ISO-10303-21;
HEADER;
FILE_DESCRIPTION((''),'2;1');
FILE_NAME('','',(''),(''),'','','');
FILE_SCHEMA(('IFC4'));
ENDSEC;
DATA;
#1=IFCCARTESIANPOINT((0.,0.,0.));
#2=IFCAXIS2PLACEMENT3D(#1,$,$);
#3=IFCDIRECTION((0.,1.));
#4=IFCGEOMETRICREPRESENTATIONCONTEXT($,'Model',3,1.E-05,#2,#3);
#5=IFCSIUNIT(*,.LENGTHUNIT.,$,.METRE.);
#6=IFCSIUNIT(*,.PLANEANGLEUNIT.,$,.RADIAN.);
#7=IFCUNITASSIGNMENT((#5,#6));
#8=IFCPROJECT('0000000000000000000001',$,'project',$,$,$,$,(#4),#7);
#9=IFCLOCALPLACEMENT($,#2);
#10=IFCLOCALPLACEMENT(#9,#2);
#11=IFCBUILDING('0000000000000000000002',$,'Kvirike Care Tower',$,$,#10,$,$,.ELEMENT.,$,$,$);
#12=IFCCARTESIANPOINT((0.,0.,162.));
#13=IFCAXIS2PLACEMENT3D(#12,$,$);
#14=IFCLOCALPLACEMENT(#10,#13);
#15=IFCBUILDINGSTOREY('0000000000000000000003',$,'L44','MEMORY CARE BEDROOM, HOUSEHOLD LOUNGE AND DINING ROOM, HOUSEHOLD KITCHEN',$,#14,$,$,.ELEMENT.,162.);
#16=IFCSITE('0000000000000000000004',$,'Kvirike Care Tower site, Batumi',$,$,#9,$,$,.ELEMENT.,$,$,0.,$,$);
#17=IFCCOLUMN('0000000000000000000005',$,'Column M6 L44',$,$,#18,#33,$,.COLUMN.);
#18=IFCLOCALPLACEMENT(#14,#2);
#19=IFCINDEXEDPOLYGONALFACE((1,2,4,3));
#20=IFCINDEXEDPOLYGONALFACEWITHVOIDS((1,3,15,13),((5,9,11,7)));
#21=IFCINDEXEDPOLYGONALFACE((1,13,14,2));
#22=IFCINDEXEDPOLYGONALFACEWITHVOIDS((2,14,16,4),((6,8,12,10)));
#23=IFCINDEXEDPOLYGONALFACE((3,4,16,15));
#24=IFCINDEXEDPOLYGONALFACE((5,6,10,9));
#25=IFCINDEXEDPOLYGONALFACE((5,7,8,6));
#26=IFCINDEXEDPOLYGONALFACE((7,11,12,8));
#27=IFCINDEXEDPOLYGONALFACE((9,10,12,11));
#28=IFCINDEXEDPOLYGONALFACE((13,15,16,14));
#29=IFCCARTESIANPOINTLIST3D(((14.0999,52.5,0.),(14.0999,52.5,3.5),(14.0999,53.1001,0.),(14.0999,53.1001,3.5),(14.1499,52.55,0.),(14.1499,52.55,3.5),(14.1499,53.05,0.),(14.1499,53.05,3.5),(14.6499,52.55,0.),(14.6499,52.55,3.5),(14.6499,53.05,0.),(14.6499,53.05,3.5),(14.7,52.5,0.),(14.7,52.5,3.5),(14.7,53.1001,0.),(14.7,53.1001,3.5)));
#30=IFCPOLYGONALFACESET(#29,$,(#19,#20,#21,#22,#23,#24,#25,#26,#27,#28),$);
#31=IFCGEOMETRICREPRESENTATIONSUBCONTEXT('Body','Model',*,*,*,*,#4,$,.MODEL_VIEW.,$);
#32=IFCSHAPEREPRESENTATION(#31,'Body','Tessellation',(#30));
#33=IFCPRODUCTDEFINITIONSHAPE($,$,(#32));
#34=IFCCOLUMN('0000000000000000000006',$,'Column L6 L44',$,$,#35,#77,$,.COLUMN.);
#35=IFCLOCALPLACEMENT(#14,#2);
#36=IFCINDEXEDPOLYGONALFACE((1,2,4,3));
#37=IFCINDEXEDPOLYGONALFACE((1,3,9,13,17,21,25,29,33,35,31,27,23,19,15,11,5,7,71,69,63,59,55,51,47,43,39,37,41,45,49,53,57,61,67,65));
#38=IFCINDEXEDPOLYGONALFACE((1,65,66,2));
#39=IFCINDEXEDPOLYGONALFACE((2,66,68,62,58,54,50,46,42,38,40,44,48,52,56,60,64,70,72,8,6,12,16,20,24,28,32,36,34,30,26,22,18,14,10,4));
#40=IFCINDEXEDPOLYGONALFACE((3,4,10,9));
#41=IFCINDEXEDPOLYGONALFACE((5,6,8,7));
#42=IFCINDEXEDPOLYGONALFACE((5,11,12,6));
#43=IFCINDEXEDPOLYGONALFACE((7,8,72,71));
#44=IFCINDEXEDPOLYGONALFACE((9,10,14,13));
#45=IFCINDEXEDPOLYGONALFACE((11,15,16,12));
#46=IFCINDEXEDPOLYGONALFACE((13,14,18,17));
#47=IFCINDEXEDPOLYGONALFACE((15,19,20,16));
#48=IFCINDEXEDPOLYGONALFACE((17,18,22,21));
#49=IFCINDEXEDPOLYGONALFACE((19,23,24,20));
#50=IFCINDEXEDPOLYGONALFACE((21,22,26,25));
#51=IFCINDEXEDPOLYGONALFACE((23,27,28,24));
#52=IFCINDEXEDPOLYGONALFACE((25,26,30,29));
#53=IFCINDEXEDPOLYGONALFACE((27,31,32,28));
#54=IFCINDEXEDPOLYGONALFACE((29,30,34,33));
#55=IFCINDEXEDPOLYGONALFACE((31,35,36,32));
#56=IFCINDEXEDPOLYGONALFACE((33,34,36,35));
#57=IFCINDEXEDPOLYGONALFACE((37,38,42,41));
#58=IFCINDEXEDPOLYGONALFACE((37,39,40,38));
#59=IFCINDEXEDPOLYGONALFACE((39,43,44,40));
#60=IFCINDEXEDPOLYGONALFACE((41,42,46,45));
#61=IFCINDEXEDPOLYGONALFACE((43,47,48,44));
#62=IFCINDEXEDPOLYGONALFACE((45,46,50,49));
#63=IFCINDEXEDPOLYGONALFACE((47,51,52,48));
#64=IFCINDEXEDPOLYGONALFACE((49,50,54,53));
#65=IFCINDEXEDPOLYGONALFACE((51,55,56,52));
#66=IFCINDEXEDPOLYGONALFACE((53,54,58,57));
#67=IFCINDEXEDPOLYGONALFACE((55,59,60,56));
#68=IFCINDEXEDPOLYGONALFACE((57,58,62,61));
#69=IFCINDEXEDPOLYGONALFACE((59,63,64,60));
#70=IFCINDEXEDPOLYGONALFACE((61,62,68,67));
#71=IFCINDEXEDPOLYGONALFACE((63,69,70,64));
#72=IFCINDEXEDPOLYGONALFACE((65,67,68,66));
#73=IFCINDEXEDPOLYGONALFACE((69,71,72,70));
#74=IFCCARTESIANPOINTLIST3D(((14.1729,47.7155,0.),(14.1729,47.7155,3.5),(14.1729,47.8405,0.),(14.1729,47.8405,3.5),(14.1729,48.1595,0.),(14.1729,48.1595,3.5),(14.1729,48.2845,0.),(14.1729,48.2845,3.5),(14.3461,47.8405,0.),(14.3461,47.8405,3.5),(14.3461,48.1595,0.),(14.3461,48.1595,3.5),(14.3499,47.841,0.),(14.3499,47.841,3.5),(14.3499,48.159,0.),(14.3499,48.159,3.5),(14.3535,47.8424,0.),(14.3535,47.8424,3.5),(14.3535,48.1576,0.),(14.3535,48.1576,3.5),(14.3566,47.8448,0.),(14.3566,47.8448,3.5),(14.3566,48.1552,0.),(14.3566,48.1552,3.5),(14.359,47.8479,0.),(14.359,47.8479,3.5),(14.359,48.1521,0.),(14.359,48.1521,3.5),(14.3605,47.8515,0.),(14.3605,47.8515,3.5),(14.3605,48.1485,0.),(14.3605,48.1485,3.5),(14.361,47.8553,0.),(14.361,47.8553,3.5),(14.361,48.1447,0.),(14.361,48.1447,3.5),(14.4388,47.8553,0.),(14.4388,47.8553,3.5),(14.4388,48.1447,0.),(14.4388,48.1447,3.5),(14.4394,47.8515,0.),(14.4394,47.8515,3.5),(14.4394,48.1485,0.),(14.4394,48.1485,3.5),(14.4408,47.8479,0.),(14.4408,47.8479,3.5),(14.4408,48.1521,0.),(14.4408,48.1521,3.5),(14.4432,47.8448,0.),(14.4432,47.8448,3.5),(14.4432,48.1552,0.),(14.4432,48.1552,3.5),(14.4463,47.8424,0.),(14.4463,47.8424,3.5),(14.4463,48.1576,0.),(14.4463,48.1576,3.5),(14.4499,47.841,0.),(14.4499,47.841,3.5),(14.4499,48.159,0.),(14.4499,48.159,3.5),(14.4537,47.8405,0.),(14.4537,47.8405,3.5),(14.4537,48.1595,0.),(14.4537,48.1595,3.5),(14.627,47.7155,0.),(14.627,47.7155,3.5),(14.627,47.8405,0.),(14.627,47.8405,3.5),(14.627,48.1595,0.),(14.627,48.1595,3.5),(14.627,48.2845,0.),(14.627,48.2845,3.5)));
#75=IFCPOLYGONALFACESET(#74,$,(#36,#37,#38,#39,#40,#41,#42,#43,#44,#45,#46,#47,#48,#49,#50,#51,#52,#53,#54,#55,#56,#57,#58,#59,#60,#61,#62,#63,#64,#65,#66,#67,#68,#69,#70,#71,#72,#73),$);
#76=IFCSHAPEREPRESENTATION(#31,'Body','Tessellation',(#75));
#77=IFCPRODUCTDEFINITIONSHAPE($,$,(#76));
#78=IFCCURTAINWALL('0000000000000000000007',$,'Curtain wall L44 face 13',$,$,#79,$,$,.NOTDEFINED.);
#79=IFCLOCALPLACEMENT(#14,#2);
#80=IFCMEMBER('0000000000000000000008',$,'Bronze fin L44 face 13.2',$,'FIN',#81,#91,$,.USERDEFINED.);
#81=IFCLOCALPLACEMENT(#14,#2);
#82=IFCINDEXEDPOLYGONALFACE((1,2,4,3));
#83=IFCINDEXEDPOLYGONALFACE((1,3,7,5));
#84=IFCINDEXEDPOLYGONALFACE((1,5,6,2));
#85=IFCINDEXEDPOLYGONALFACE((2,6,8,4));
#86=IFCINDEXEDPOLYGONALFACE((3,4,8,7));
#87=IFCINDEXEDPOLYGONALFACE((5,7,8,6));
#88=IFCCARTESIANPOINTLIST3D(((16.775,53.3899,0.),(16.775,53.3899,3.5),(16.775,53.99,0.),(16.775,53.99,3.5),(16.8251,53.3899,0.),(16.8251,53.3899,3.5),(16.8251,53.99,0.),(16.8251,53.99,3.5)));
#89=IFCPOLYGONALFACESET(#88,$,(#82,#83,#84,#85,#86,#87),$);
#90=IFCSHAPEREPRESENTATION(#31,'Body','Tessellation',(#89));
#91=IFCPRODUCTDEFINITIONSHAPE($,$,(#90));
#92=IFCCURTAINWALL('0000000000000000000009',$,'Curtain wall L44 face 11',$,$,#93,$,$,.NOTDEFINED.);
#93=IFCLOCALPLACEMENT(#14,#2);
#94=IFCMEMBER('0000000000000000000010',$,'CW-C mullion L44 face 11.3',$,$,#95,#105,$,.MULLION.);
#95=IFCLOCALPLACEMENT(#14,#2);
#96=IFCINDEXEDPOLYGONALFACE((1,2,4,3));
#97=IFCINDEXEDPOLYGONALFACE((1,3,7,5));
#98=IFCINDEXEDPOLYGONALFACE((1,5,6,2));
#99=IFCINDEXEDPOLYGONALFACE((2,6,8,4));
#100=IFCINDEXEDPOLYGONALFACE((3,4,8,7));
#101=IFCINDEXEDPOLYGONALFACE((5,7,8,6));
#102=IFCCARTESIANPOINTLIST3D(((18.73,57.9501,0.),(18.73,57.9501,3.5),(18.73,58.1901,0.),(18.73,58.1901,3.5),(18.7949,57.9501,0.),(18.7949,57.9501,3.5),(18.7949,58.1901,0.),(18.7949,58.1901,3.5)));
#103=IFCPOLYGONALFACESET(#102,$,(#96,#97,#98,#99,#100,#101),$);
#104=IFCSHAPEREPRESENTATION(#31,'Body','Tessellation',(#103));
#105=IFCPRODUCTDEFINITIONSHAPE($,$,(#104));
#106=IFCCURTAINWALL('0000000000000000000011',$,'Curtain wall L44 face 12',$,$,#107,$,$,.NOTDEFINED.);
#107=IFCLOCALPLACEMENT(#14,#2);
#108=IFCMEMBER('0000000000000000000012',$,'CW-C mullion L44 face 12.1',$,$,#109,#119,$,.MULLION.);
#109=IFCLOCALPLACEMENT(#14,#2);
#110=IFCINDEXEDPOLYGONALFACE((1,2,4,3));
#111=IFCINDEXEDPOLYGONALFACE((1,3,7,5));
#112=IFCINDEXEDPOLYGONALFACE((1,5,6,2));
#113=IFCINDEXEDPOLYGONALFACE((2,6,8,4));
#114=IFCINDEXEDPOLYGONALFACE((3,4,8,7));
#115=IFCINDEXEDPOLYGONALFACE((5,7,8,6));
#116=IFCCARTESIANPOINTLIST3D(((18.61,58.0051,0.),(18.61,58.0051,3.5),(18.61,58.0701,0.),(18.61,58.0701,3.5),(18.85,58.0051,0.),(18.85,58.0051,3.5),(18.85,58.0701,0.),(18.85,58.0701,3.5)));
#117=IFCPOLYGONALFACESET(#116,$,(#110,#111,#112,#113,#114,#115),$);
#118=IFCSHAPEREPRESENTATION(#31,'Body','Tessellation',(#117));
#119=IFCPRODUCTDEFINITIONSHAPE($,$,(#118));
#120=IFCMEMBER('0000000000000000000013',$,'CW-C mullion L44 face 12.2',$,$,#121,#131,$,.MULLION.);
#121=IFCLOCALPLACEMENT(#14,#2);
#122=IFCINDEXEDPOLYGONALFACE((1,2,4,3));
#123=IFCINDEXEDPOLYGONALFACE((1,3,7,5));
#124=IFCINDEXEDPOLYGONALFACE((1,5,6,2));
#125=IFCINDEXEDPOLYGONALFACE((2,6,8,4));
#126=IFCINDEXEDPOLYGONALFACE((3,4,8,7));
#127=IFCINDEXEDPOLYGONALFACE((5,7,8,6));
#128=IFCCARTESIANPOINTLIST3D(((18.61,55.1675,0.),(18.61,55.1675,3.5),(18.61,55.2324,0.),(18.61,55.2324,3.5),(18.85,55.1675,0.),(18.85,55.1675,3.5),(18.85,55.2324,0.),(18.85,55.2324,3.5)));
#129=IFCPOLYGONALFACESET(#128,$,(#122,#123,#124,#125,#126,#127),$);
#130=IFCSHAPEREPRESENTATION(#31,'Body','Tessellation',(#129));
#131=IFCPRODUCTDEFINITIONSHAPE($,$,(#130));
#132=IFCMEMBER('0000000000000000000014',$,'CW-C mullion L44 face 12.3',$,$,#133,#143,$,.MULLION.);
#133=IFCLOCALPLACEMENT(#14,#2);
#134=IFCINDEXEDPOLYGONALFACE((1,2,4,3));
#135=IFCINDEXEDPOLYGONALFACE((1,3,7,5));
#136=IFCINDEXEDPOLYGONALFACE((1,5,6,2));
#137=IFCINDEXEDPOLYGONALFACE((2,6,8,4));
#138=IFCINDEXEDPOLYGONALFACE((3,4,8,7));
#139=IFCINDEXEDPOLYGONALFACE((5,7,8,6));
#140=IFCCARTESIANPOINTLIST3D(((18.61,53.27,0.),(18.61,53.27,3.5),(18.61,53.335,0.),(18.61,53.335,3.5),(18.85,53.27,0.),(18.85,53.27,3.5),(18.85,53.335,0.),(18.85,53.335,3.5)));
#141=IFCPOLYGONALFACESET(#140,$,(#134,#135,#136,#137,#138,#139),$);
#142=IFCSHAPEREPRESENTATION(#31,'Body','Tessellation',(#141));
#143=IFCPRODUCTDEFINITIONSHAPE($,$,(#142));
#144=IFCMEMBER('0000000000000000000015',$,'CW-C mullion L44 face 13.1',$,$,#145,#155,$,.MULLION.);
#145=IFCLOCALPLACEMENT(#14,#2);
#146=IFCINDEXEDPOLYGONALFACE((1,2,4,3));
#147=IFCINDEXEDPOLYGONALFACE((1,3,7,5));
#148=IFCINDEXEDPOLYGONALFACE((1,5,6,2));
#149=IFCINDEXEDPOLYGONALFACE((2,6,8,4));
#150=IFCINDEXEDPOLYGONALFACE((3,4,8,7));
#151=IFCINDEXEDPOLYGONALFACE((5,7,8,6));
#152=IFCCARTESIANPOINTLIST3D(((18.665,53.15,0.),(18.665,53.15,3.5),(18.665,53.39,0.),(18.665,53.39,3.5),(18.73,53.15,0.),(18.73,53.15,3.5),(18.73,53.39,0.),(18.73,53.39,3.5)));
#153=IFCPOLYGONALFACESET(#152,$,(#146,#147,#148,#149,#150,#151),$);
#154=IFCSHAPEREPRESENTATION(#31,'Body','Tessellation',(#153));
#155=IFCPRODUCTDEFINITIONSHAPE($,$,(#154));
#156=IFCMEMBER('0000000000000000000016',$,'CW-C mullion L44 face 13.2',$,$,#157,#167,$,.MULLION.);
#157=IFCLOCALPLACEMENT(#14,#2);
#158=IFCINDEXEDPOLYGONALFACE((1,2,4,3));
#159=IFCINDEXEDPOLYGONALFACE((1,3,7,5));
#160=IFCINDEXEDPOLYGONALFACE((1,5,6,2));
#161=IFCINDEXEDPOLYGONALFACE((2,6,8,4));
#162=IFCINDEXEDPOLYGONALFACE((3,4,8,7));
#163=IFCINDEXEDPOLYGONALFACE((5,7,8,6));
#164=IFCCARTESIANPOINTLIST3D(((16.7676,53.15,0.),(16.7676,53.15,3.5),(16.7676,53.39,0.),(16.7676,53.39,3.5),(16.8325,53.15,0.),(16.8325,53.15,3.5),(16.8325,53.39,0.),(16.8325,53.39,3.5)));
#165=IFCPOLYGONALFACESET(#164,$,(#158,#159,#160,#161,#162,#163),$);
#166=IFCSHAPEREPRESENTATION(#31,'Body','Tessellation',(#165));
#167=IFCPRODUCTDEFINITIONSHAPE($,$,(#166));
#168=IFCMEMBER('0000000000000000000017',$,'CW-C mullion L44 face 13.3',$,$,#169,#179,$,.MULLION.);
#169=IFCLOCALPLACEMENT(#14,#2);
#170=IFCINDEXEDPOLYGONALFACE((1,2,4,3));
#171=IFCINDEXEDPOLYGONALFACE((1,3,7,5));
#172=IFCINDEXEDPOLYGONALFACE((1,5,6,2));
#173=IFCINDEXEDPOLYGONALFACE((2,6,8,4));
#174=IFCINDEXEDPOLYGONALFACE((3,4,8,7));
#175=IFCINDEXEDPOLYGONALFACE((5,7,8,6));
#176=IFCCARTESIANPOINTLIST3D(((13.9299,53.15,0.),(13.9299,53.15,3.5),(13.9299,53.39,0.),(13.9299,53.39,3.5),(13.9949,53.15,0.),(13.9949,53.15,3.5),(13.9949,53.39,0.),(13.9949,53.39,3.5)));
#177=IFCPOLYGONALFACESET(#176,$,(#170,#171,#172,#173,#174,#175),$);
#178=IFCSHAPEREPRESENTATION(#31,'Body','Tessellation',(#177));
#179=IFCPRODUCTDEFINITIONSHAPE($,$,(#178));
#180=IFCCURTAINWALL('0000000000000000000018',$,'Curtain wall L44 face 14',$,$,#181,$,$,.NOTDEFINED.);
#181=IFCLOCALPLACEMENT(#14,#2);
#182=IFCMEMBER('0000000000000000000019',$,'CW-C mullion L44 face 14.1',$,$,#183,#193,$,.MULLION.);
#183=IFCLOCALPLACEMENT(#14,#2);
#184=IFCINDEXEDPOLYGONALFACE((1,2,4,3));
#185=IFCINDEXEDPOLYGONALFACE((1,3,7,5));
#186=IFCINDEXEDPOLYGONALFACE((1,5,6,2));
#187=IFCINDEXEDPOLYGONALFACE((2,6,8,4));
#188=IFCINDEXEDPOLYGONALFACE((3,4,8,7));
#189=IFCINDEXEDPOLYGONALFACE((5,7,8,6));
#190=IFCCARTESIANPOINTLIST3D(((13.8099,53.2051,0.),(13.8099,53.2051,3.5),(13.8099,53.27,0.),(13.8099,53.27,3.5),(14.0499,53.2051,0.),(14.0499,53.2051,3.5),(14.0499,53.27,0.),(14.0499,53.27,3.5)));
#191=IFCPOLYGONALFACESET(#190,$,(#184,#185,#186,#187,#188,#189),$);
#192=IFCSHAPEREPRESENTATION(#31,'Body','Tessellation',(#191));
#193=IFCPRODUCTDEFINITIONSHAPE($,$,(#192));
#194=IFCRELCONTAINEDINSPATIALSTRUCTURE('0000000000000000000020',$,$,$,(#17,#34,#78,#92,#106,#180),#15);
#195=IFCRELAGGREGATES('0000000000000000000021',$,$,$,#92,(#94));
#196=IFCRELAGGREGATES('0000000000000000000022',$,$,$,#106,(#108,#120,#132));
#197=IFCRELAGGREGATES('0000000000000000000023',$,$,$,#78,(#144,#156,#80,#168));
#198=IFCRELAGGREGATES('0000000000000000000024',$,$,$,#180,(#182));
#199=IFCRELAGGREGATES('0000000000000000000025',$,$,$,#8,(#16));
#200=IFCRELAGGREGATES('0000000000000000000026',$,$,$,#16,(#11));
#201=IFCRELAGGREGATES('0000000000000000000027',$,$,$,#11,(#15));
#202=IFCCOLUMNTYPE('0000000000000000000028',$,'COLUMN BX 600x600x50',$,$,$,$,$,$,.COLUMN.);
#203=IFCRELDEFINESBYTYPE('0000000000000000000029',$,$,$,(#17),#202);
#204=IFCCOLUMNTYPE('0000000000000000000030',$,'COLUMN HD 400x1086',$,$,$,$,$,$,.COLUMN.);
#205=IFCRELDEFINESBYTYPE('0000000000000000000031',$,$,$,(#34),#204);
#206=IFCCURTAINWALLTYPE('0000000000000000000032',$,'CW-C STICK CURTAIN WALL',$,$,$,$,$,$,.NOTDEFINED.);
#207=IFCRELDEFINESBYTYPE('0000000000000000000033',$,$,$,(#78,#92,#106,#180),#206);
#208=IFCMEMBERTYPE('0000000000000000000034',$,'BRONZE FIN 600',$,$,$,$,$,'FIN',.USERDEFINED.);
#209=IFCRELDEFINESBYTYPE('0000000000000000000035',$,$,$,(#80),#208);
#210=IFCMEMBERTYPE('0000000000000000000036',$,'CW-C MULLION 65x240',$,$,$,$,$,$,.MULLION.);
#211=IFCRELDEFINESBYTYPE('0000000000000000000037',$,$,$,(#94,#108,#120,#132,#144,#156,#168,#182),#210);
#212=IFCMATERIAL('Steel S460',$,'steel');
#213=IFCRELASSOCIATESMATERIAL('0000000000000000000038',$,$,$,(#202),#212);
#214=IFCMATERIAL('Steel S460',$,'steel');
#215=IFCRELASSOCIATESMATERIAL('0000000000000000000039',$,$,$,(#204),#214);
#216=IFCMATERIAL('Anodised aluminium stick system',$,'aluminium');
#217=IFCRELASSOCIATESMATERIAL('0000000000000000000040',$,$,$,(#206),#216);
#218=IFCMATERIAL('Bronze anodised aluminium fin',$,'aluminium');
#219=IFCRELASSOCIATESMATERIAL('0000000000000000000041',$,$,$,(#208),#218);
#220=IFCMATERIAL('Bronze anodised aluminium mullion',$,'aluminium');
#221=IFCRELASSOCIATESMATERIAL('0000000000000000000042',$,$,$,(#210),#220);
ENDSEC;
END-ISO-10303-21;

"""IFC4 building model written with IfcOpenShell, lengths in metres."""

from ifc_helpers import new_model, si_unit, direction, frame, origin, origin_2d, place, context, subcontext, project, spatial, rectangle, hollow_rectangle, i_section, extrude, material, material_profile, profile_set, type_object, element, aggregate, save


model = new_model("IFC4")

# Units and contexts
model_context = context("Model", 3, precision=1e-05, world=origin(), true_north=direction((0.0, 1.0)))
body_context = subcontext(model_context, "Body", "Model", "MODEL_VIEW")
ifc_project = project(units=[si_unit("LENGTHUNIT", "METRE"), si_unit("PLANEANGLEUNIT", "RADIAN")], contexts=[model_context])

# Site, building, storey
site_placement = place(None, origin())
site = spatial("IfcSite", under=ifc_project, at=site_placement, Name="Kvirike Care Tower site, Batumi", CompositionType="ELEMENT", RefElevation=0.0)
building_placement = place(site_placement, origin())
building = spatial("IfcBuilding", under=site, at=building_placement, Name="Kvirike Care Tower", CompositionType="ELEMENT")
storey_placement = place(building_placement, frame((0.0, 0.0, 162.0)))
storey = spatial("IfcBuildingStorey", under=building, at=storey_placement, Name="L44", Description="MEMORY CARE BEDROOM, HOUSEHOLD LOUNGE AND DINING ROOM, HOUSEHOLD KITCHEN", CompositionType="ELEMENT", Elevation=162.0)

# Columns
ifc_material_1 = material(Name="Steel S460", Category="steel")
ifc_material_profile_1 = material_profile(ifc_material_1, hollow_rectangle(XDim=0.6001, YDim=0.6001, WallThickness=0.05, at=origin_2d()), Name="BX 600x600x50")
ifc_profile_set_1 = profile_set([ifc_material_profile_1], Name="Steel S460")
column_type_1 = type_object("IfcColumnType", Name="COLUMN BX 600x600x50", PredefinedType="COLUMN", material=ifc_profile_set_1)
column_1_placement = place(storey_placement, frame((14.3999, 52.8, 0.0), z_axis=(0.0, 0.0, 1.0), x_axis=(0.0, 1.0, 0.0)))
element("IfcColumn", 1, at=column_1_placement, inside=storey, type_object=column_type_1, Name="Column M6 L44", PredefinedType="COLUMN", context=body_context, shape_type="SweptSolid", body=[
    extrude(hollow_rectangle(XDim=0.6001, YDim=0.6001, WallThickness=0.05, at=origin_2d()), origin(), (0.0, 0.0, 1.0), 3.5),
])
ifc_material_2 = material(Name="Steel S460", Category="steel")
ifc_material_profile_2 = material_profile(ifc_material_2, i_section(OverallWidth=0.4541, OverallDepth=0.5691, WebThickness=0.0779, FlangeThickness=0.125, FilletRadius=0.0149, at=origin_2d()), Name="HD 400x1086")
ifc_profile_set_2 = profile_set([ifc_material_profile_2], Name="Steel S460")
column_type_2 = type_object("IfcColumnType", Name="COLUMN HD 400x1086", PredefinedType="COLUMN", material=ifc_profile_set_2)
column_2_placement = place(storey_placement, frame((14.3999, 48.0, 0.0), z_axis=(0.0, 0.0, 1.0), x_axis=(1.0, 0.0, 0.0)))
element("IfcColumn", 2, at=column_2_placement, inside=storey, type_object=column_type_2, Name="Column L6 L44", PredefinedType="COLUMN", context=body_context, shape_type="SweptSolid", body=[
    extrude(i_section(OverallWidth=0.4541, OverallDepth=0.5691, WebThickness=0.0779, FlangeThickness=0.125, FilletRadius=0.0149, at=origin_2d()), origin(), (0.0, 0.0, 1.0), 3.5),
])

# Curtain walls, members
ifc_material_3 = material(Name="Anodised aluminium stick system", Category="aluminium")
curtain_wall_type = type_object("IfcCurtainWallType", Name="CW-C STICK CURTAIN WALL", PredefinedType="NOTDEFINED", material=ifc_material_3)
curtain_wall_1_placement = place(storey_placement, origin())
curtain_wall_1 = element("IfcCurtainWall", 3, at=curtain_wall_1_placement, inside=storey, type_object=curtain_wall_type, Name="Curtain wall L44 face 13", PredefinedType="NOTDEFINED")
ifc_material_4 = material(Name="Bronze anodised aluminium fin", Category="aluminium")
ifc_material_profile_3 = material_profile(ifc_material_4, rectangle(XDim=0.05, YDim=0.6001, at=origin_2d()), Name="BRONZE FIN 600")
ifc_profile_set_3 = profile_set([ifc_material_profile_3], Name="Bronze anodised aluminium fin")
member_type_1 = type_object("IfcMemberType", Name="BRONZE FIN 600", ElementType="FIN", PredefinedType="USERDEFINED", material=ifc_profile_set_3)
member_1_placement = place(storey_placement, frame((16.8, 53.6899, 0.0), z_axis=(0.0, 0.0, 1.0), x_axis=(-1.0, 0.0, 0.0)))
member_1 = element("IfcMember", 4, at=member_1_placement, type_object=member_type_1, Name="Bronze fin L44 face 13.2", ObjectType="FIN", PredefinedType="USERDEFINED", context=body_context, shape_type="SweptSolid", body=[
    extrude(rectangle(XDim=0.05, YDim=0.6001, at=origin_2d()), origin(), (0.0, 0.0, 1.0), 3.5),
])
curtain_wall_2_placement = place(storey_placement, origin())
curtain_wall_2 = element("IfcCurtainWall", 5, at=curtain_wall_2_placement, inside=storey, type_object=curtain_wall_type, Name="Curtain wall L44 face 11", PredefinedType="NOTDEFINED")
ifc_material_5 = material(Name="Bronze anodised aluminium mullion", Category="aluminium")
ifc_material_profile_4 = material_profile(ifc_material_5, rectangle(XDim=0.0649, YDim=0.24, at=origin_2d()), Name="CW-C MULLION 65x240")
ifc_profile_set_4 = profile_set([ifc_material_profile_4], Name="Bronze anodised aluminium mullion")
member_type_2 = type_object("IfcMemberType", Name="CW-C MULLION 65x240", PredefinedType="MULLION", material=ifc_profile_set_4)
member_2_placement = place(storey_placement, frame((18.7625, 58.0701, 0.0), z_axis=(0.0, 0.0, 1.0), x_axis=(-1.0, 0.0, 0.0)))
member_2 = element("IfcMember", 6, at=member_2_placement, type_object=member_type_2, Name="CW-C mullion L44 face 11.3", PredefinedType="MULLION", context=body_context, shape_type="SweptSolid", body=[
    extrude(rectangle(XDim=0.0649, YDim=0.24, at=origin_2d()), origin(), (0.0, 0.0, 1.0), 3.5),
])
aggregate(curtain_wall_2, [member_2])

# Curtain wall, members
curtain_wall_3_placement = place(storey_placement, origin())
curtain_wall_3 = element("IfcCurtainWall", 7, at=curtain_wall_3_placement, inside=storey, type_object=curtain_wall_type, Name="Curtain wall L44 face 12", PredefinedType="NOTDEFINED")
member_3_placement = place(storey_placement, frame((18.73, 58.0376, 0.0), z_axis=(0.0, 0.0, 1.0), x_axis=(0.0, -1.0, 0.0)))
member_3 = element("IfcMember", 8, at=member_3_placement, type_object=member_type_2, Name="CW-C mullion L44 face 12.1", PredefinedType="MULLION", context=body_context, shape_type="SweptSolid", body=[
    extrude(rectangle(XDim=0.0649, YDim=0.24, at=origin_2d()), origin(), (0.0, 0.0, 1.0), 3.5),
])
member_4_placement = place(storey_placement, frame((18.73, 55.2, 0.0), z_axis=(0.0, 0.0, 1.0), x_axis=(0.0, -1.0, 0.0)))
member_4 = element("IfcMember", 9, at=member_4_placement, type_object=member_type_2, Name="CW-C mullion L44 face 12.2", PredefinedType="MULLION", context=body_context, shape_type="SweptSolid", body=[
    extrude(rectangle(XDim=0.0649, YDim=0.24, at=origin_2d()), origin(), (0.0, 0.0, 1.0), 3.5),
])
member_5_placement = place(storey_placement, frame((18.73, 53.3025, 0.0), z_axis=(0.0, 0.0, 1.0), x_axis=(0.0, -1.0, 0.0)))
member_5 = element("IfcMember", 10, at=member_5_placement, type_object=member_type_2, Name="CW-C mullion L44 face 12.3", PredefinedType="MULLION", context=body_context, shape_type="SweptSolid", body=[
    extrude(rectangle(XDim=0.0649, YDim=0.24, at=origin_2d()), origin(), (0.0, 0.0, 1.0), 3.5),
])

# Members
member_6_placement = place(storey_placement, frame((18.6975, 53.27, 0.0), z_axis=(0.0, 0.0, 1.0), x_axis=(-1.0, 0.0, 0.0)))
member_6 = element("IfcMember", 11, at=member_6_placement, type_object=member_type_2, Name="CW-C mullion L44 face 13.1", PredefinedType="MULLION", context=body_context, shape_type="SweptSolid", body=[
    extrude(rectangle(XDim=0.0649, YDim=0.24, at=origin_2d()), origin(), (0.0, 0.0, 1.0), 3.5),
])
member_7_placement = place(storey_placement, frame((16.8, 53.27, 0.0), z_axis=(0.0, 0.0, 1.0), x_axis=(-1.0, 0.0, 0.0)))
member_7 = element("IfcMember", 12, at=member_7_placement, type_object=member_type_2, Name="CW-C mullion L44 face 13.2", PredefinedType="MULLION", context=body_context, shape_type="SweptSolid", body=[
    extrude(rectangle(XDim=0.0649, YDim=0.24, at=origin_2d()), origin(), (0.0, 0.0, 1.0), 3.5),
])
member_8_placement = place(storey_placement, frame((13.9624, 53.27, 0.0), z_axis=(0.0, 0.0, 1.0), x_axis=(-1.0, 0.0, 0.0)))
member_8 = element("IfcMember", 13, at=member_8_placement, type_object=member_type_2, Name="CW-C mullion L44 face 13.3", PredefinedType="MULLION", context=body_context, shape_type="SweptSolid", body=[
    extrude(rectangle(XDim=0.0649, YDim=0.24, at=origin_2d()), origin(), (0.0, 0.0, 1.0), 3.5),
])

# Curtain wall, member
curtain_wall_4_placement = place(storey_placement, origin())
curtain_wall_4 = element("IfcCurtainWall", 14, at=curtain_wall_4_placement, inside=storey, type_object=curtain_wall_type, Name="Curtain wall L44 face 14", PredefinedType="NOTDEFINED")
member_9_placement = place(storey_placement, frame((13.9299, 53.2375, 0.0), z_axis=(0.0, 0.0, 1.0), x_axis=(0.0, -1.0, 0.0)))
member_9 = element("IfcMember", 15, at=member_9_placement, type_object=member_type_2, Name="CW-C mullion L44 face 14.1", PredefinedType="MULLION", context=body_context, shape_type="SweptSolid", body=[
    extrude(rectangle(XDim=0.0649, YDim=0.24, at=origin_2d()), origin(), (0.0, 0.0, 1.0), 3.5),
])

aggregate(curtain_wall_3, [member_3, member_4, member_5])
aggregate(curtain_wall_1, [member_6, member_7, member_1, member_8])
aggregate(curtain_wall_4, [member_9])

save(model, "model.ifc")
